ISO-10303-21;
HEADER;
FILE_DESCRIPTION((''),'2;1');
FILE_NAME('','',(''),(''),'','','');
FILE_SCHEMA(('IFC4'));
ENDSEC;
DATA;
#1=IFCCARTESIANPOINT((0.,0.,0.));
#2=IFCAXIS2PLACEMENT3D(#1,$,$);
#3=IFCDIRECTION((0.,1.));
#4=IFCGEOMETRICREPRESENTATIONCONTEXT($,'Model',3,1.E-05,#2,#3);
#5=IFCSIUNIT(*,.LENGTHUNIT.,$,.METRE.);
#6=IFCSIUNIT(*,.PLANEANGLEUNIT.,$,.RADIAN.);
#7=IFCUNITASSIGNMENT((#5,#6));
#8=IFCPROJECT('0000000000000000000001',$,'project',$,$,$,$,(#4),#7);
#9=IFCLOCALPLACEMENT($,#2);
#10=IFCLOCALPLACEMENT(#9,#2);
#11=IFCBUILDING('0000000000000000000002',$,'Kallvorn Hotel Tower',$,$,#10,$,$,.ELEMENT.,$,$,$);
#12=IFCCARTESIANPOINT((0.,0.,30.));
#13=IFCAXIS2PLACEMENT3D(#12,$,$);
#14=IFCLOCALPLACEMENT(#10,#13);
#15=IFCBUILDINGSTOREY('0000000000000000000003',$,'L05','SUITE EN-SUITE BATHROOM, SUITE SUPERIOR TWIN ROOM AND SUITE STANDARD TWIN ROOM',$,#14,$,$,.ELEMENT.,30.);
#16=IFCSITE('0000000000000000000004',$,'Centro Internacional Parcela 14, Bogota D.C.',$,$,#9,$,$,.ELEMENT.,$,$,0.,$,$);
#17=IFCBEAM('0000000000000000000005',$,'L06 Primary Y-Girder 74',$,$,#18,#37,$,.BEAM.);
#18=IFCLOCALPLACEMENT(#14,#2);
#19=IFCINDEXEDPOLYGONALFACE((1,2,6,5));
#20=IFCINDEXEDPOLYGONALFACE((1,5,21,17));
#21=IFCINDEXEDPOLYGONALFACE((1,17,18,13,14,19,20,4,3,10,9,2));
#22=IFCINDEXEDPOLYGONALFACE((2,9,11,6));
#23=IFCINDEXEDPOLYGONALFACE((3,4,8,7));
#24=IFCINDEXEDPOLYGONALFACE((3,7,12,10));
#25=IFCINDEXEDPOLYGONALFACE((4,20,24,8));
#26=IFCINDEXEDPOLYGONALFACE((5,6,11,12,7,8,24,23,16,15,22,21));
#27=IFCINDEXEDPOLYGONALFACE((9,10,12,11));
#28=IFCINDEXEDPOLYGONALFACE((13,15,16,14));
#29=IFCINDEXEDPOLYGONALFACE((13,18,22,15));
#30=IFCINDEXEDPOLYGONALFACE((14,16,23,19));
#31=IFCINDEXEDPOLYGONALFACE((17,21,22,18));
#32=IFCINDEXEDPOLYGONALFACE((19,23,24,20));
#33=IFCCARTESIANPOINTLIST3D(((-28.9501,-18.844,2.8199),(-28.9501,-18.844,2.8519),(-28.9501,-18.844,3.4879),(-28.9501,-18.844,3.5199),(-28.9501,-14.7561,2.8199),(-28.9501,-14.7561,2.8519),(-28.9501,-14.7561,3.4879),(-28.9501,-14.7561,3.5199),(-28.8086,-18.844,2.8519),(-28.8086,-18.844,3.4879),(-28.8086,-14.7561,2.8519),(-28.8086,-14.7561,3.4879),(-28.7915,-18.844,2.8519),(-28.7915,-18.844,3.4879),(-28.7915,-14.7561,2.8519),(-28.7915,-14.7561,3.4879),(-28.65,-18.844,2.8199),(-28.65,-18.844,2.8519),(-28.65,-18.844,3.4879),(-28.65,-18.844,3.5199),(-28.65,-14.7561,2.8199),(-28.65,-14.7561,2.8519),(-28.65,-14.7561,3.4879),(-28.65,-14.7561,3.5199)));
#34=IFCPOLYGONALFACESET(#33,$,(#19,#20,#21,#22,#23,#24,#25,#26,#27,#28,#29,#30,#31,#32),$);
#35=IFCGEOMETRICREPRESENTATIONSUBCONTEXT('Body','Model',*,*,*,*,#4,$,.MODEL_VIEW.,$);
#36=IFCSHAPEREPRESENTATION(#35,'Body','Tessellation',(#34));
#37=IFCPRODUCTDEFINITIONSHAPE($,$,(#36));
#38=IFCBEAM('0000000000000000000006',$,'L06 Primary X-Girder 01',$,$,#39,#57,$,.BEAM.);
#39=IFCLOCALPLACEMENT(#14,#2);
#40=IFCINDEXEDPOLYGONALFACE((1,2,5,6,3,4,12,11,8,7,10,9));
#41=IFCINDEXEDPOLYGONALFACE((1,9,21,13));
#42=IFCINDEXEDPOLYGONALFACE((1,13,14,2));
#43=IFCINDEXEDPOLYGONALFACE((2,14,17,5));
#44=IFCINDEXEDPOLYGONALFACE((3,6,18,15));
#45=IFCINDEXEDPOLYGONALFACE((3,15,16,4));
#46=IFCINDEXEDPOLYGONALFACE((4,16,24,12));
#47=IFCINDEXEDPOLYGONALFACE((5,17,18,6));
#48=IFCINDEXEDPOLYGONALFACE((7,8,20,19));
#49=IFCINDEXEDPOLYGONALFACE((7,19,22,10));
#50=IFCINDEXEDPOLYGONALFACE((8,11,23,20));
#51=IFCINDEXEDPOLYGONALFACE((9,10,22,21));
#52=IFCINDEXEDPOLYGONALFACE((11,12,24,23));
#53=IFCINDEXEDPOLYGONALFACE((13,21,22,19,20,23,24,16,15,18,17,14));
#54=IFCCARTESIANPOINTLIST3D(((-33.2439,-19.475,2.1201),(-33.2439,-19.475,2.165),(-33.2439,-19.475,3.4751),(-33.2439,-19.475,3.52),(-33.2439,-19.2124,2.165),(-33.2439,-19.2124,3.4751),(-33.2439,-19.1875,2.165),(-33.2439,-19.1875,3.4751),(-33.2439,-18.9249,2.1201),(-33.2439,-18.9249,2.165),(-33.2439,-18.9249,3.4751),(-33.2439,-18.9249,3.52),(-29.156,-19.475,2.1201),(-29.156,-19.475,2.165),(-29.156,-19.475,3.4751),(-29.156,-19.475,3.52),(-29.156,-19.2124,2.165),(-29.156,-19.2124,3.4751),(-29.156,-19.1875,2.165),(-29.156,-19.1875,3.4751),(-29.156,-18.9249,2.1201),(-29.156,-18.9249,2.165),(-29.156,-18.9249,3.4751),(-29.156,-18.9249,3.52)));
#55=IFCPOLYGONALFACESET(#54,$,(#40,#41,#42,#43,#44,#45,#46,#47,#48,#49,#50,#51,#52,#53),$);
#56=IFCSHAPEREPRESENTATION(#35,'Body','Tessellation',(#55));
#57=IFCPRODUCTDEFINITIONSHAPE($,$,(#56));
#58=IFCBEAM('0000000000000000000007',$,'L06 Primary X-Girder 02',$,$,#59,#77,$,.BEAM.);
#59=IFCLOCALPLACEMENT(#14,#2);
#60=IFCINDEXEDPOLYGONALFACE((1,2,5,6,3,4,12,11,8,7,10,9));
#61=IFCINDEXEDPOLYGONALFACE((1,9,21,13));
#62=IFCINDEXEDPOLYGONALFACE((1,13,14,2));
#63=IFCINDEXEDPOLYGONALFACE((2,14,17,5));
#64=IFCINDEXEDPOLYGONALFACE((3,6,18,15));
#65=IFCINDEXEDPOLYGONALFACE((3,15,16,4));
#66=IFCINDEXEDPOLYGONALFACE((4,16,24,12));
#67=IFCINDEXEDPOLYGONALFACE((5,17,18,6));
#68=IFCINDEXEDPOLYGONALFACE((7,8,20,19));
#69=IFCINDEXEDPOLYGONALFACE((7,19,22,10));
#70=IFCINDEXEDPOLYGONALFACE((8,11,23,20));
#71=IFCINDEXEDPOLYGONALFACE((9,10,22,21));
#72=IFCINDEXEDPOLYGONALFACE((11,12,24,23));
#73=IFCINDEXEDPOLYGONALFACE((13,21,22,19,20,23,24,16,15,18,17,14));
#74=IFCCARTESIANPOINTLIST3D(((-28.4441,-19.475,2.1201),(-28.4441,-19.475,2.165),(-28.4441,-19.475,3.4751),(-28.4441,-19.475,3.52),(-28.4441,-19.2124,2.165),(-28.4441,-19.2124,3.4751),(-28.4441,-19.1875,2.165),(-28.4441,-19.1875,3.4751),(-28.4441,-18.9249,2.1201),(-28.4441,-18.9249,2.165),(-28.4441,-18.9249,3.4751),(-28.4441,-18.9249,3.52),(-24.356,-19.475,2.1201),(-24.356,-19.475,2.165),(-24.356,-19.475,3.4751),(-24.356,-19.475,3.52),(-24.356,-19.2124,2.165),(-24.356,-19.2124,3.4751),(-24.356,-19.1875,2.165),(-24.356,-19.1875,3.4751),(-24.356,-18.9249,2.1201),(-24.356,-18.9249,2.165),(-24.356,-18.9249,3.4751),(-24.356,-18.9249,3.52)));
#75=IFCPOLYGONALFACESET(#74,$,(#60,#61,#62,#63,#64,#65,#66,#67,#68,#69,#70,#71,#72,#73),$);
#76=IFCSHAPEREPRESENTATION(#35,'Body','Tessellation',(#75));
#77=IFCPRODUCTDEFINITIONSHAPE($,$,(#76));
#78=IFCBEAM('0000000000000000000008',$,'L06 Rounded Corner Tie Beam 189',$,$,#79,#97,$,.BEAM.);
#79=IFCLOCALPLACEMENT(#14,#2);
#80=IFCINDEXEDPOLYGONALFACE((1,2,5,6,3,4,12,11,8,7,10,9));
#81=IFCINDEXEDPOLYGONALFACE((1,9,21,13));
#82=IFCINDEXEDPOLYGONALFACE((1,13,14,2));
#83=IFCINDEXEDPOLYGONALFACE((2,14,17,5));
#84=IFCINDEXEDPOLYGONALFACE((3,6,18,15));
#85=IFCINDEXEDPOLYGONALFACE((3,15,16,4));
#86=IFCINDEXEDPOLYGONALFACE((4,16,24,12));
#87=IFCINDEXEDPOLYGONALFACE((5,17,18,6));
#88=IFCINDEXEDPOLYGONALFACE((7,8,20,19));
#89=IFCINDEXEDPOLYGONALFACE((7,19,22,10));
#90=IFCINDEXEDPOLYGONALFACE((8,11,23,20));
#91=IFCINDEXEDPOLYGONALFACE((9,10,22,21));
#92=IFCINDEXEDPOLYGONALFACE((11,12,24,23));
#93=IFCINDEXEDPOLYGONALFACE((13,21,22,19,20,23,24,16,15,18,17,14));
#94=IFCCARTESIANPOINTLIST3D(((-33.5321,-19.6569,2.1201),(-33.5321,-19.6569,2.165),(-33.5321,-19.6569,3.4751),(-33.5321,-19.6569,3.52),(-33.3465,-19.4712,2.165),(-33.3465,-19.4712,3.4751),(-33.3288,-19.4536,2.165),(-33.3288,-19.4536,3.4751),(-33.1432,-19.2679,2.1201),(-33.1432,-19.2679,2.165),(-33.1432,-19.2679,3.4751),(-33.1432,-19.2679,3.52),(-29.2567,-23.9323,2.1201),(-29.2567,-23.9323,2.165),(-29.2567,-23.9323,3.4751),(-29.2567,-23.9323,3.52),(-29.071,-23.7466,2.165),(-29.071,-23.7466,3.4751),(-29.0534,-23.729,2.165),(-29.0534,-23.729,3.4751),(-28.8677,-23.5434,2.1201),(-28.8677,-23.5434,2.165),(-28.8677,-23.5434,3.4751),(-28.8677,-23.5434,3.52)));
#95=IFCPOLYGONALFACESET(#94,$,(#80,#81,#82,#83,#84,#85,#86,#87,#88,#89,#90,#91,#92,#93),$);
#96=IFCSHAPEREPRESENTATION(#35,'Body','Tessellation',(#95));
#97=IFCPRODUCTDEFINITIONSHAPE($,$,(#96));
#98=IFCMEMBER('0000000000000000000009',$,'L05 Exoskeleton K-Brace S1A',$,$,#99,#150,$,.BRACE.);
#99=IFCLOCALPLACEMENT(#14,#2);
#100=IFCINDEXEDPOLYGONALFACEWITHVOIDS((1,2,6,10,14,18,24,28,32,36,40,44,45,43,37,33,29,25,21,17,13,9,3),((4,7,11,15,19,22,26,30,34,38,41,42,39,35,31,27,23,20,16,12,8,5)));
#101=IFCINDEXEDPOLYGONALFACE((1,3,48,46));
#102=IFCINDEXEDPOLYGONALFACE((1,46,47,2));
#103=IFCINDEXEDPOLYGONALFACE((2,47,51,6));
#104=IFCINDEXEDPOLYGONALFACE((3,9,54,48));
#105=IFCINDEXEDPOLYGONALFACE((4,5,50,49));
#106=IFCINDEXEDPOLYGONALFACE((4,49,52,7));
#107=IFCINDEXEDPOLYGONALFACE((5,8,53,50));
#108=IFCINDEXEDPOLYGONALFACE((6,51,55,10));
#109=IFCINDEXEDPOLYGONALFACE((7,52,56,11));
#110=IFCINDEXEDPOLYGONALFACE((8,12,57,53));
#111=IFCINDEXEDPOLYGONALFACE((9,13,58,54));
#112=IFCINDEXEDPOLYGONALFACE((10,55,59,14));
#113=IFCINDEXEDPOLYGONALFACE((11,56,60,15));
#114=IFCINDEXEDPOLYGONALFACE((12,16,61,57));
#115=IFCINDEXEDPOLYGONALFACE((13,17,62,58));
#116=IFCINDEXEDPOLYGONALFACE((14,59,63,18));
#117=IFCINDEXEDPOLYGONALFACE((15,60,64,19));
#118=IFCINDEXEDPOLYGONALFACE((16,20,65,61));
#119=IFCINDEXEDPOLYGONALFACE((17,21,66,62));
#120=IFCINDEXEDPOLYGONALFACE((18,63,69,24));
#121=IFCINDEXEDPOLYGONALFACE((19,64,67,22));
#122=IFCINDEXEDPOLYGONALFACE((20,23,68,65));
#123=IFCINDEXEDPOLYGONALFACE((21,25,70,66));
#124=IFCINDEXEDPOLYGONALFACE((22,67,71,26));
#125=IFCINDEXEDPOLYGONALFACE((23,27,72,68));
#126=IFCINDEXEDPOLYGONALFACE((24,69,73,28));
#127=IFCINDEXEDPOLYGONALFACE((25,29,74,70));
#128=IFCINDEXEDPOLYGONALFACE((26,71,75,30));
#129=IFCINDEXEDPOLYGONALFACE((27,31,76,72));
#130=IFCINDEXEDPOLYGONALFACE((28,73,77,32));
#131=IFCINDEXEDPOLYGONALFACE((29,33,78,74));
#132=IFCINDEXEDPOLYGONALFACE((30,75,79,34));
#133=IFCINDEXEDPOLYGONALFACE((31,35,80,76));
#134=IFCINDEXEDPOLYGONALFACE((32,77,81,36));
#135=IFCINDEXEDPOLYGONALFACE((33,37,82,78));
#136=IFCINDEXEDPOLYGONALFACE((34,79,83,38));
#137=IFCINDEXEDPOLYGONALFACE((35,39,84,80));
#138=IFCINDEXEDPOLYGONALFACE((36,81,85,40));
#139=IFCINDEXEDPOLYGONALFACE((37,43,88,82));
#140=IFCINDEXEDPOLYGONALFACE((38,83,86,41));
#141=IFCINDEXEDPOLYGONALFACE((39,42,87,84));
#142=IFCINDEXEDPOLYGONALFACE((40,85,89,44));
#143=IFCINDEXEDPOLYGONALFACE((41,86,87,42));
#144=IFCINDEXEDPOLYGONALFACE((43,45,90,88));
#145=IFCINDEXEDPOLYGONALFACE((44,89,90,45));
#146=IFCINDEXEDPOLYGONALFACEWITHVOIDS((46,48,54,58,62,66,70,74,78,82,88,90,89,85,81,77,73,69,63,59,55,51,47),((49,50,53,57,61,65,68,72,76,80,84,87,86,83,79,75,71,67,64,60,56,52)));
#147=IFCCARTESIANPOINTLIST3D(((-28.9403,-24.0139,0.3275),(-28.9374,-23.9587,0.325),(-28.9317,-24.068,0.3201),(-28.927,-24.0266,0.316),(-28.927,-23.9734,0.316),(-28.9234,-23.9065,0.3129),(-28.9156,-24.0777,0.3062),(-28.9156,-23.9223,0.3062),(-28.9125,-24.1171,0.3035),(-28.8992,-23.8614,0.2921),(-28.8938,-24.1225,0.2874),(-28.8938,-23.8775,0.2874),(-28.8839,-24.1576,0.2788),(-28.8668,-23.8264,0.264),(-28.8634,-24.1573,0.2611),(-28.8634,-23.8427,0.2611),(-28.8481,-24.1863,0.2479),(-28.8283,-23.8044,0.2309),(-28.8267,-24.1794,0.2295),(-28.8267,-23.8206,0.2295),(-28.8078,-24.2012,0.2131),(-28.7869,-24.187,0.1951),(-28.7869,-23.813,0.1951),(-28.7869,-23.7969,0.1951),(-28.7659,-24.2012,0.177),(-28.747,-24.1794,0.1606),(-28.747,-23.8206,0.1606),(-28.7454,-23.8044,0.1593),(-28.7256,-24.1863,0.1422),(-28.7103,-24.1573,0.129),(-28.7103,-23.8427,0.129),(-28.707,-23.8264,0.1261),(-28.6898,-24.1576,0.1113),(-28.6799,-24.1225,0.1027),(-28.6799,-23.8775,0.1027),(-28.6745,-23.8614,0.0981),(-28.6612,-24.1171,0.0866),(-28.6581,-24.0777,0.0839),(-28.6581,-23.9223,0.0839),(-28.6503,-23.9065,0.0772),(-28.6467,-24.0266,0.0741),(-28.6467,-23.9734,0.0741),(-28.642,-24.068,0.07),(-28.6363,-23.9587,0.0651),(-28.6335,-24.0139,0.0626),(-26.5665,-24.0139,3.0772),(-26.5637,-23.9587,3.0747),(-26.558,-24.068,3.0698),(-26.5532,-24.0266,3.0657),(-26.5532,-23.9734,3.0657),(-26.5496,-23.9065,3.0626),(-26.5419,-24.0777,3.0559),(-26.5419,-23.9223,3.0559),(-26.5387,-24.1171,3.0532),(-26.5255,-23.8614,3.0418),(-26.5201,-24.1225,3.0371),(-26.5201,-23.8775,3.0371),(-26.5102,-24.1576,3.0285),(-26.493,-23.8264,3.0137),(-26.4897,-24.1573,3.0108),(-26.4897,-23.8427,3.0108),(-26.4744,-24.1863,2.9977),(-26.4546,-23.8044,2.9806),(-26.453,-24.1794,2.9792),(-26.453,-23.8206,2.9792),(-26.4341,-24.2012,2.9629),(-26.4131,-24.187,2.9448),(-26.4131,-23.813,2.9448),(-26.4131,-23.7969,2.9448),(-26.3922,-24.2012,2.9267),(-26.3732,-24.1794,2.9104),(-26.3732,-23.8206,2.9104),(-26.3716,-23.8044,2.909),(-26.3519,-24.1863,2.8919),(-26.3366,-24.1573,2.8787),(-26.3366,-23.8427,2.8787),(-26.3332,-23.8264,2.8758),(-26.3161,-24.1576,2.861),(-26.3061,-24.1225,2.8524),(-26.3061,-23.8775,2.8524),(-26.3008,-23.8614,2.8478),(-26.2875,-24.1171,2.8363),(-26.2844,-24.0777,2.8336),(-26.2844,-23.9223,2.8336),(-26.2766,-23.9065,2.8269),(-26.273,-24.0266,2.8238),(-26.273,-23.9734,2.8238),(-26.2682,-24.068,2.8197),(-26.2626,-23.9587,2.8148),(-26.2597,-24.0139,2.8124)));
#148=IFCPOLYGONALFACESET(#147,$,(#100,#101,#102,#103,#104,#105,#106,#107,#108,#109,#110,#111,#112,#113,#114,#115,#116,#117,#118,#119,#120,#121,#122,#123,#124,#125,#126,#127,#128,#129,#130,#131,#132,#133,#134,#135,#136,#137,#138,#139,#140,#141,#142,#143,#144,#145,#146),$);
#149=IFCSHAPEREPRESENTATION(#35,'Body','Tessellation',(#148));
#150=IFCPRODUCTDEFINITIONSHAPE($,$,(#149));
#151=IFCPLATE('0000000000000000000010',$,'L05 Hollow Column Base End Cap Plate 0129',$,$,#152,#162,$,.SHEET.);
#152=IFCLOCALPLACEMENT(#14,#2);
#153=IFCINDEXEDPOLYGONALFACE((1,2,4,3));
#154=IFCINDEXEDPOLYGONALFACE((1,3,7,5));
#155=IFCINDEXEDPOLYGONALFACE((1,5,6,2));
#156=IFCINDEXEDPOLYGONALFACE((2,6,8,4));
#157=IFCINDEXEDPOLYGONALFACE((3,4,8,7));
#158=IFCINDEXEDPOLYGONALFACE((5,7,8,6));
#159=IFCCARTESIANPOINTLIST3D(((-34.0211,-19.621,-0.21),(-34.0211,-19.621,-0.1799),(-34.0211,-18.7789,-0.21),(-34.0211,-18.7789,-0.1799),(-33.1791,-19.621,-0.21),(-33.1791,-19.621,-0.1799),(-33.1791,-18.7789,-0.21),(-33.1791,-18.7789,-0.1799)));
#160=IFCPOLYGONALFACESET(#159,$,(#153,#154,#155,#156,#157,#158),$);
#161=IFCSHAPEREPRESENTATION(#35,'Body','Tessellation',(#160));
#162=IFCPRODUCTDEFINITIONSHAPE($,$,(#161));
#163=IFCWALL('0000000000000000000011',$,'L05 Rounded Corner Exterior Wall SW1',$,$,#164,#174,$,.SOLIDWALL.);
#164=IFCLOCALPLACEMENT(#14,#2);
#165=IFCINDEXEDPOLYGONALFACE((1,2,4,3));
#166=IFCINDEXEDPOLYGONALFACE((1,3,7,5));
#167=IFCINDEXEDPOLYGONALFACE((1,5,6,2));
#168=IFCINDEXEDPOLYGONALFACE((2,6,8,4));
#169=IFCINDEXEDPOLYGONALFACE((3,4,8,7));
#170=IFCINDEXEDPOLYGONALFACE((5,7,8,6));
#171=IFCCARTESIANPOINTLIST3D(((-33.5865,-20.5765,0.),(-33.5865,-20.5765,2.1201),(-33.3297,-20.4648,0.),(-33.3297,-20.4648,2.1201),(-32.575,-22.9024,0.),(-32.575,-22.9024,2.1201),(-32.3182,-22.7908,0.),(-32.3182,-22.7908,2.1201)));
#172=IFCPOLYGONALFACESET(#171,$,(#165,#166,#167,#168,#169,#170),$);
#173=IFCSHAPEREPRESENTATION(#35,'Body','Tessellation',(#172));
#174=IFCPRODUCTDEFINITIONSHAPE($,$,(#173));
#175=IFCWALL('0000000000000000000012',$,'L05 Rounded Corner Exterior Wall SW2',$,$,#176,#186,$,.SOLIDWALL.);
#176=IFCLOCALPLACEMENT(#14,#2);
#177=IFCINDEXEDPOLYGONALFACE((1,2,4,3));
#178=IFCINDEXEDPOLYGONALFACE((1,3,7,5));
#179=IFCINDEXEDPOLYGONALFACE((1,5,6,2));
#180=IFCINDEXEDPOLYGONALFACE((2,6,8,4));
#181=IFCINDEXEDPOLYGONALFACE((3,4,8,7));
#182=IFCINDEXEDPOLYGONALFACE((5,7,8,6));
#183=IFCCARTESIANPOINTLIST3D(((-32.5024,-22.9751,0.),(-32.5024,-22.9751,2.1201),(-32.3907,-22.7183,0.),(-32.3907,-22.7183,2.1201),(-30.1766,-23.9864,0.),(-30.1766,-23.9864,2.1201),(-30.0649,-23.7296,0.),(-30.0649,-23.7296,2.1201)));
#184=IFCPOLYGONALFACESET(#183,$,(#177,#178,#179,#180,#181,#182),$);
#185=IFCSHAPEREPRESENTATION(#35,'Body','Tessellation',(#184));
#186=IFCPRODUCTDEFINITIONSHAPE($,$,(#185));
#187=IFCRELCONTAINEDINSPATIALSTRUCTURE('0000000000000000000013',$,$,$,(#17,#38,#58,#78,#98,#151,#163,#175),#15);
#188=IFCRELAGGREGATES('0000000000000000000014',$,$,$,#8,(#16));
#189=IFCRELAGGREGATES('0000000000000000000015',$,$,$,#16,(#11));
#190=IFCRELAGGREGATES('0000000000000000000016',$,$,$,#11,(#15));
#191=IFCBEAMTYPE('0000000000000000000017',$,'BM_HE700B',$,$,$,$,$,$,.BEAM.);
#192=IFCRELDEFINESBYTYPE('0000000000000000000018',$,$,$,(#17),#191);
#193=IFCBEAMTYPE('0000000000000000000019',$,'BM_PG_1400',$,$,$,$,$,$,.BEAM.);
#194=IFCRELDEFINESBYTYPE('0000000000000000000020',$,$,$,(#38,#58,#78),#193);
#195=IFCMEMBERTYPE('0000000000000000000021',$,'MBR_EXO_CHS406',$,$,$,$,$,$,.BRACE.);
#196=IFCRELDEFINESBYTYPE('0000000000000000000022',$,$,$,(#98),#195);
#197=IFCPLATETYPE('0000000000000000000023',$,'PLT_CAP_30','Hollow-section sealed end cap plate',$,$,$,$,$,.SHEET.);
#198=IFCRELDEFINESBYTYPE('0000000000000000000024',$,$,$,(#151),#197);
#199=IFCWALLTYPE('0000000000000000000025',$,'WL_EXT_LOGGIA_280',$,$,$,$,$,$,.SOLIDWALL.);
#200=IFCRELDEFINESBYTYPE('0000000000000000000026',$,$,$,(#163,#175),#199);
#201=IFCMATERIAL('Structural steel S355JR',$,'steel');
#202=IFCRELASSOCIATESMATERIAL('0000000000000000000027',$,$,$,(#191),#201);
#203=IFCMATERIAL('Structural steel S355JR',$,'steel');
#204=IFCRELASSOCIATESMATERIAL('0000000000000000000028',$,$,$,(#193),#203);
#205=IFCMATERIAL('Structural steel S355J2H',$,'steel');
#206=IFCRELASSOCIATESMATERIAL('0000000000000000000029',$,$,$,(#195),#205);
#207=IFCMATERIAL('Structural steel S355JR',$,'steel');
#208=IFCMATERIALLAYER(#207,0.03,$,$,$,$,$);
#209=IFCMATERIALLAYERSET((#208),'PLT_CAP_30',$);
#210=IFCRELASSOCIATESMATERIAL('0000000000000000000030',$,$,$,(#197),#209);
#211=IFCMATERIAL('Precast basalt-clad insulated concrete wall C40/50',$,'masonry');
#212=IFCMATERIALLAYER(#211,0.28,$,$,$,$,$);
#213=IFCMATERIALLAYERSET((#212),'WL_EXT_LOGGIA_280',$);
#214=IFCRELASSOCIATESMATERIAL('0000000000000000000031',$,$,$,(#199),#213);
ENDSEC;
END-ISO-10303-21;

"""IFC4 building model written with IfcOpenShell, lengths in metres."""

from ifc_helpers import new_model, si_unit, direction, frame, frame_2d, origin, origin_2d, place, context, subcontext, project, spatial, rectangle, hollow_circle, i_section, extrude, material, layer, layer_set, material_profile, profile_set, type_object, element, save


model = new_model("IFC4")

# Units and contexts
model_context = context("Model", 3, precision=1e-05, world=origin(), true_north=direction((0.0, 1.0)))
body_context = subcontext(model_context, "Body", "Model", "MODEL_VIEW")
ifc_project = project(units=[si_unit("LENGTHUNIT", "METRE"), si_unit("PLANEANGLEUNIT", "RADIAN")], contexts=[model_context])

# Site, building, storey
site_placement = place(None, origin())
site = spatial("IfcSite", under=ifc_project, at=site_placement, Name="Centro Internacional Parcela 14, Bogota D.C.", CompositionType="ELEMENT", RefElevation=0.0)
building_placement = place(site_placement, origin())
building = spatial("IfcBuilding", under=site, at=building_placement, Name="Kallvorn Hotel Tower", CompositionType="ELEMENT")
storey_placement = place(building_placement, frame((0.0, 0.0, 30.0)))
storey = spatial("IfcBuildingStorey", under=building, at=storey_placement, Name="L05", Description="SUITE EN-SUITE BATHROOM, SUITE SUPERIOR TWIN ROOM AND SUITE STANDARD TWIN ROOM", CompositionType="ELEMENT", Elevation=30.0)

# Beams
ifc_material_1 = material(Name="Structural steel S355JR", Category="steel")
ifc_material_profile_1 = material_profile(ifc_material_1, i_section(OverallWidth=0.3, OverallDepth=0.7, WebThickness=0.0171, FlangeThickness=0.032, at=origin_2d()), Name="HE 700 B")
ifc_profile_set_1 = profile_set([ifc_material_profile_1], Name="Structural steel S355JR")
beam_type_1 = type_object("IfcBeamType", Name="BM_HE700B", PredefinedType="BEAM", material=ifc_profile_set_1)
beam_1_placement = place(storey_placement, frame((-28.8, -18.844, 3.1699), z_axis=(0.0, 1.0, 0.0), x_axis=(-1.0, 0.0, 0.0)))
element("IfcBeam", 1, at=beam_1_placement, inside=storey, type_object=beam_type_1, Name="L06 Primary Y-Girder 74", PredefinedType="BEAM", context=body_context, shape_type="SweptSolid", body=[
    extrude(i_section(OverallWidth=0.3, OverallDepth=0.7, WebThickness=0.0171, FlangeThickness=0.032, at=origin_2d()), origin(), (0.0, 0.0, 1.0), 4.0879),
])
ifc_material_2 = material(Name="Structural steel S355JR", Category="steel")
ifc_material_profile_2 = material_profile(ifc_material_2, i_section(OverallWidth=0.55, OverallDepth=1.3999, WebThickness=0.0249, FlangeThickness=0.0449, at=origin_2d()), Name="PG 1400x550x25x45")
ifc_profile_set_2 = profile_set([ifc_material_profile_2], Name="Structural steel S355JR")
beam_type_2 = type_object("IfcBeamType", Name="BM_PG_1400", PredefinedType="BEAM", material=ifc_profile_set_2)
beam_2_placement = place(storey_placement, frame((-33.2439, -19.2, 2.8201), z_axis=(1.0, 0.0, 0.0), x_axis=(0.0, 1.0, 0.0)))
element("IfcBeam", 2, at=beam_2_placement, inside=storey, type_object=beam_type_2, Name="L06 Primary X-Girder 01", PredefinedType="BEAM", context=body_context, shape_type="SweptSolid", body=[
    extrude(i_section(OverallWidth=0.55, OverallDepth=1.3999, WebThickness=0.0249, FlangeThickness=0.0449, at=origin_2d()), origin(), (0.0, 0.0, 1.0), 4.0879),
])
beam_3_placement = place(storey_placement, frame((-28.4441, -19.2, 2.8201), z_axis=(1.0, 0.0, 0.0), x_axis=(0.0, 1.0, 0.0)))
element("IfcBeam", 3, at=beam_3_placement, inside=storey, type_object=beam_type_2, Name="L06 Primary X-Girder 02", PredefinedType="BEAM", context=body_context, shape_type="SweptSolid", body=[
    extrude(i_section(OverallWidth=0.55, OverallDepth=1.3999, WebThickness=0.0249, FlangeThickness=0.0449, at=origin_2d()), origin(), (0.0, 0.0, 1.0), 4.0881),
])
beam_4_placement = place(storey_placement, frame((-33.3376, -19.4624, 2.8201), z_axis=(0.707107, -0.707107, 0.0), x_axis=(0.707107, 0.707107, 0.0)))
element("IfcBeam", 4, at=beam_4_placement, inside=storey, type_object=beam_type_2, Name="L06 Rounded Corner Tie Beam 189", PredefinedType="BEAM", context=body_context, shape_type="SweptSolid", body=[
    extrude(i_section(OverallWidth=0.55, OverallDepth=1.3999, WebThickness=0.0249, FlangeThickness=0.0449, at=origin_2d()), origin(), (0.0, 0.0, 1.0), 6.0464),
])

# Member
ifc_material_3 = material(Name="Structural steel S355J2H", Category="steel")
ifc_material_profile_3 = material_profile(ifc_material_3, hollow_circle(Radius=0.2031, WallThickness=0.0161, at=origin_2d()), Name="CHS 406.4x16")
ifc_profile_set_3 = profile_set([ifc_material_profile_3], Name="Structural steel S355J2H")
member_type = type_object("IfcMemberType", Name="MBR_EXO_CHS406", PredefinedType="BRACE", material=ifc_profile_set_3)
member_placement = place(storey_placement, frame((-28.7869, -24.0, 0.1951), z_axis=(0.653461, 0.0, 0.756961), x_axis=(0.0, 1.0, 0.0)))
element("IfcMember", 5, at=member_placement, inside=storey, type_object=member_type, Name="L05 Exoskeleton K-Brace S1A", PredefinedType="BRACE", context=body_context, shape_type="SweptSolid", body=[
    extrude(hollow_circle(Radius=0.2031, WallThickness=0.0161, at=origin_2d()), origin(), (0.0, 0.0, 1.0), 3.6326),
])

# Plate
ifc_material_4 = material(Name="Structural steel S355JR", Category="steel")
ifc_layer_1 = layer(ifc_material_4, 0.03)
ifc_layer_set_1 = layer_set([ifc_layer_1], Name="PLT_CAP_30")
plate_type = type_object("IfcPlateType", Name="PLT_CAP_30", Description="Hollow-section sealed end cap plate", PredefinedType="SHEET", material=ifc_layer_set_1)
plate_placement = place(storey_placement, frame((-33.6001, -19.2, -0.21), z_axis=(0.0, 0.0, 1.0), x_axis=(1.0, 0.0, 0.0)))
element("IfcPlate", 6, at=plate_placement, inside=storey, type_object=plate_type, Name="L05 Hollow Column Base End Cap Plate 0129", PredefinedType="SHEET", context=body_context, shape_type="SweptSolid", body=[
    extrude(rectangle(XDim=0.842, YDim=0.842, at=origin_2d()), origin(), (0.0, 0.0, 1.0), 0.03),
])

# Walls
ifc_material_5 = material(Name="Precast basalt-clad insulated concrete wall C40/50", Category="masonry")
ifc_layer_2 = layer(ifc_material_5, 0.28)
ifc_layer_set_2 = layer_set([ifc_layer_2], Name="WL_EXT_LOGGIA_280")
wall_type = type_object("IfcWallType", Name="WL_EXT_LOGGIA_280", PredefinedType="SOLIDWALL", material=ifc_layer_set_2)
wall_1_placement = place(storey_placement, frame((-33.458, -20.5208, 0.0), z_axis=(0.0, 0.0, 1.0), x_axis=(0.398793, -0.917041, 0.0)))
element("IfcWall", 7, at=wall_1_placement, inside=storey, type_object=wall_type, Name="L05 Rounded Corner Exterior Wall SW1", PredefinedType="SOLIDWALL", context=body_context, shape_type="SweptSolid", body=[
    extrude(rectangle(XDim=2.5364, YDim=0.28, at=frame_2d((1.2681, 0.0))), origin(), (0.0, 0.0, 1.0), 2.1201),
])
wall_2_placement = place(storey_placement, frame((-32.4465, -22.8467, 0.0), z_axis=(0.0, 0.0, 1.0), x_axis=(0.917061, -0.398747, 0.0)))
element("IfcWall", 8, at=wall_2_placement, inside=storey, type_object=wall_type, Name="L05 Rounded Corner Exterior Wall SW2", PredefinedType="SOLIDWALL", context=body_context, shape_type="SweptSolid", body=[
    extrude(rectangle(XDim=2.5361, YDim=0.28, at=frame_2d((1.2681, 0.0))), origin(), (0.0, 0.0, 1.0), 2.1201),
])

save(model, "model.ifc")
